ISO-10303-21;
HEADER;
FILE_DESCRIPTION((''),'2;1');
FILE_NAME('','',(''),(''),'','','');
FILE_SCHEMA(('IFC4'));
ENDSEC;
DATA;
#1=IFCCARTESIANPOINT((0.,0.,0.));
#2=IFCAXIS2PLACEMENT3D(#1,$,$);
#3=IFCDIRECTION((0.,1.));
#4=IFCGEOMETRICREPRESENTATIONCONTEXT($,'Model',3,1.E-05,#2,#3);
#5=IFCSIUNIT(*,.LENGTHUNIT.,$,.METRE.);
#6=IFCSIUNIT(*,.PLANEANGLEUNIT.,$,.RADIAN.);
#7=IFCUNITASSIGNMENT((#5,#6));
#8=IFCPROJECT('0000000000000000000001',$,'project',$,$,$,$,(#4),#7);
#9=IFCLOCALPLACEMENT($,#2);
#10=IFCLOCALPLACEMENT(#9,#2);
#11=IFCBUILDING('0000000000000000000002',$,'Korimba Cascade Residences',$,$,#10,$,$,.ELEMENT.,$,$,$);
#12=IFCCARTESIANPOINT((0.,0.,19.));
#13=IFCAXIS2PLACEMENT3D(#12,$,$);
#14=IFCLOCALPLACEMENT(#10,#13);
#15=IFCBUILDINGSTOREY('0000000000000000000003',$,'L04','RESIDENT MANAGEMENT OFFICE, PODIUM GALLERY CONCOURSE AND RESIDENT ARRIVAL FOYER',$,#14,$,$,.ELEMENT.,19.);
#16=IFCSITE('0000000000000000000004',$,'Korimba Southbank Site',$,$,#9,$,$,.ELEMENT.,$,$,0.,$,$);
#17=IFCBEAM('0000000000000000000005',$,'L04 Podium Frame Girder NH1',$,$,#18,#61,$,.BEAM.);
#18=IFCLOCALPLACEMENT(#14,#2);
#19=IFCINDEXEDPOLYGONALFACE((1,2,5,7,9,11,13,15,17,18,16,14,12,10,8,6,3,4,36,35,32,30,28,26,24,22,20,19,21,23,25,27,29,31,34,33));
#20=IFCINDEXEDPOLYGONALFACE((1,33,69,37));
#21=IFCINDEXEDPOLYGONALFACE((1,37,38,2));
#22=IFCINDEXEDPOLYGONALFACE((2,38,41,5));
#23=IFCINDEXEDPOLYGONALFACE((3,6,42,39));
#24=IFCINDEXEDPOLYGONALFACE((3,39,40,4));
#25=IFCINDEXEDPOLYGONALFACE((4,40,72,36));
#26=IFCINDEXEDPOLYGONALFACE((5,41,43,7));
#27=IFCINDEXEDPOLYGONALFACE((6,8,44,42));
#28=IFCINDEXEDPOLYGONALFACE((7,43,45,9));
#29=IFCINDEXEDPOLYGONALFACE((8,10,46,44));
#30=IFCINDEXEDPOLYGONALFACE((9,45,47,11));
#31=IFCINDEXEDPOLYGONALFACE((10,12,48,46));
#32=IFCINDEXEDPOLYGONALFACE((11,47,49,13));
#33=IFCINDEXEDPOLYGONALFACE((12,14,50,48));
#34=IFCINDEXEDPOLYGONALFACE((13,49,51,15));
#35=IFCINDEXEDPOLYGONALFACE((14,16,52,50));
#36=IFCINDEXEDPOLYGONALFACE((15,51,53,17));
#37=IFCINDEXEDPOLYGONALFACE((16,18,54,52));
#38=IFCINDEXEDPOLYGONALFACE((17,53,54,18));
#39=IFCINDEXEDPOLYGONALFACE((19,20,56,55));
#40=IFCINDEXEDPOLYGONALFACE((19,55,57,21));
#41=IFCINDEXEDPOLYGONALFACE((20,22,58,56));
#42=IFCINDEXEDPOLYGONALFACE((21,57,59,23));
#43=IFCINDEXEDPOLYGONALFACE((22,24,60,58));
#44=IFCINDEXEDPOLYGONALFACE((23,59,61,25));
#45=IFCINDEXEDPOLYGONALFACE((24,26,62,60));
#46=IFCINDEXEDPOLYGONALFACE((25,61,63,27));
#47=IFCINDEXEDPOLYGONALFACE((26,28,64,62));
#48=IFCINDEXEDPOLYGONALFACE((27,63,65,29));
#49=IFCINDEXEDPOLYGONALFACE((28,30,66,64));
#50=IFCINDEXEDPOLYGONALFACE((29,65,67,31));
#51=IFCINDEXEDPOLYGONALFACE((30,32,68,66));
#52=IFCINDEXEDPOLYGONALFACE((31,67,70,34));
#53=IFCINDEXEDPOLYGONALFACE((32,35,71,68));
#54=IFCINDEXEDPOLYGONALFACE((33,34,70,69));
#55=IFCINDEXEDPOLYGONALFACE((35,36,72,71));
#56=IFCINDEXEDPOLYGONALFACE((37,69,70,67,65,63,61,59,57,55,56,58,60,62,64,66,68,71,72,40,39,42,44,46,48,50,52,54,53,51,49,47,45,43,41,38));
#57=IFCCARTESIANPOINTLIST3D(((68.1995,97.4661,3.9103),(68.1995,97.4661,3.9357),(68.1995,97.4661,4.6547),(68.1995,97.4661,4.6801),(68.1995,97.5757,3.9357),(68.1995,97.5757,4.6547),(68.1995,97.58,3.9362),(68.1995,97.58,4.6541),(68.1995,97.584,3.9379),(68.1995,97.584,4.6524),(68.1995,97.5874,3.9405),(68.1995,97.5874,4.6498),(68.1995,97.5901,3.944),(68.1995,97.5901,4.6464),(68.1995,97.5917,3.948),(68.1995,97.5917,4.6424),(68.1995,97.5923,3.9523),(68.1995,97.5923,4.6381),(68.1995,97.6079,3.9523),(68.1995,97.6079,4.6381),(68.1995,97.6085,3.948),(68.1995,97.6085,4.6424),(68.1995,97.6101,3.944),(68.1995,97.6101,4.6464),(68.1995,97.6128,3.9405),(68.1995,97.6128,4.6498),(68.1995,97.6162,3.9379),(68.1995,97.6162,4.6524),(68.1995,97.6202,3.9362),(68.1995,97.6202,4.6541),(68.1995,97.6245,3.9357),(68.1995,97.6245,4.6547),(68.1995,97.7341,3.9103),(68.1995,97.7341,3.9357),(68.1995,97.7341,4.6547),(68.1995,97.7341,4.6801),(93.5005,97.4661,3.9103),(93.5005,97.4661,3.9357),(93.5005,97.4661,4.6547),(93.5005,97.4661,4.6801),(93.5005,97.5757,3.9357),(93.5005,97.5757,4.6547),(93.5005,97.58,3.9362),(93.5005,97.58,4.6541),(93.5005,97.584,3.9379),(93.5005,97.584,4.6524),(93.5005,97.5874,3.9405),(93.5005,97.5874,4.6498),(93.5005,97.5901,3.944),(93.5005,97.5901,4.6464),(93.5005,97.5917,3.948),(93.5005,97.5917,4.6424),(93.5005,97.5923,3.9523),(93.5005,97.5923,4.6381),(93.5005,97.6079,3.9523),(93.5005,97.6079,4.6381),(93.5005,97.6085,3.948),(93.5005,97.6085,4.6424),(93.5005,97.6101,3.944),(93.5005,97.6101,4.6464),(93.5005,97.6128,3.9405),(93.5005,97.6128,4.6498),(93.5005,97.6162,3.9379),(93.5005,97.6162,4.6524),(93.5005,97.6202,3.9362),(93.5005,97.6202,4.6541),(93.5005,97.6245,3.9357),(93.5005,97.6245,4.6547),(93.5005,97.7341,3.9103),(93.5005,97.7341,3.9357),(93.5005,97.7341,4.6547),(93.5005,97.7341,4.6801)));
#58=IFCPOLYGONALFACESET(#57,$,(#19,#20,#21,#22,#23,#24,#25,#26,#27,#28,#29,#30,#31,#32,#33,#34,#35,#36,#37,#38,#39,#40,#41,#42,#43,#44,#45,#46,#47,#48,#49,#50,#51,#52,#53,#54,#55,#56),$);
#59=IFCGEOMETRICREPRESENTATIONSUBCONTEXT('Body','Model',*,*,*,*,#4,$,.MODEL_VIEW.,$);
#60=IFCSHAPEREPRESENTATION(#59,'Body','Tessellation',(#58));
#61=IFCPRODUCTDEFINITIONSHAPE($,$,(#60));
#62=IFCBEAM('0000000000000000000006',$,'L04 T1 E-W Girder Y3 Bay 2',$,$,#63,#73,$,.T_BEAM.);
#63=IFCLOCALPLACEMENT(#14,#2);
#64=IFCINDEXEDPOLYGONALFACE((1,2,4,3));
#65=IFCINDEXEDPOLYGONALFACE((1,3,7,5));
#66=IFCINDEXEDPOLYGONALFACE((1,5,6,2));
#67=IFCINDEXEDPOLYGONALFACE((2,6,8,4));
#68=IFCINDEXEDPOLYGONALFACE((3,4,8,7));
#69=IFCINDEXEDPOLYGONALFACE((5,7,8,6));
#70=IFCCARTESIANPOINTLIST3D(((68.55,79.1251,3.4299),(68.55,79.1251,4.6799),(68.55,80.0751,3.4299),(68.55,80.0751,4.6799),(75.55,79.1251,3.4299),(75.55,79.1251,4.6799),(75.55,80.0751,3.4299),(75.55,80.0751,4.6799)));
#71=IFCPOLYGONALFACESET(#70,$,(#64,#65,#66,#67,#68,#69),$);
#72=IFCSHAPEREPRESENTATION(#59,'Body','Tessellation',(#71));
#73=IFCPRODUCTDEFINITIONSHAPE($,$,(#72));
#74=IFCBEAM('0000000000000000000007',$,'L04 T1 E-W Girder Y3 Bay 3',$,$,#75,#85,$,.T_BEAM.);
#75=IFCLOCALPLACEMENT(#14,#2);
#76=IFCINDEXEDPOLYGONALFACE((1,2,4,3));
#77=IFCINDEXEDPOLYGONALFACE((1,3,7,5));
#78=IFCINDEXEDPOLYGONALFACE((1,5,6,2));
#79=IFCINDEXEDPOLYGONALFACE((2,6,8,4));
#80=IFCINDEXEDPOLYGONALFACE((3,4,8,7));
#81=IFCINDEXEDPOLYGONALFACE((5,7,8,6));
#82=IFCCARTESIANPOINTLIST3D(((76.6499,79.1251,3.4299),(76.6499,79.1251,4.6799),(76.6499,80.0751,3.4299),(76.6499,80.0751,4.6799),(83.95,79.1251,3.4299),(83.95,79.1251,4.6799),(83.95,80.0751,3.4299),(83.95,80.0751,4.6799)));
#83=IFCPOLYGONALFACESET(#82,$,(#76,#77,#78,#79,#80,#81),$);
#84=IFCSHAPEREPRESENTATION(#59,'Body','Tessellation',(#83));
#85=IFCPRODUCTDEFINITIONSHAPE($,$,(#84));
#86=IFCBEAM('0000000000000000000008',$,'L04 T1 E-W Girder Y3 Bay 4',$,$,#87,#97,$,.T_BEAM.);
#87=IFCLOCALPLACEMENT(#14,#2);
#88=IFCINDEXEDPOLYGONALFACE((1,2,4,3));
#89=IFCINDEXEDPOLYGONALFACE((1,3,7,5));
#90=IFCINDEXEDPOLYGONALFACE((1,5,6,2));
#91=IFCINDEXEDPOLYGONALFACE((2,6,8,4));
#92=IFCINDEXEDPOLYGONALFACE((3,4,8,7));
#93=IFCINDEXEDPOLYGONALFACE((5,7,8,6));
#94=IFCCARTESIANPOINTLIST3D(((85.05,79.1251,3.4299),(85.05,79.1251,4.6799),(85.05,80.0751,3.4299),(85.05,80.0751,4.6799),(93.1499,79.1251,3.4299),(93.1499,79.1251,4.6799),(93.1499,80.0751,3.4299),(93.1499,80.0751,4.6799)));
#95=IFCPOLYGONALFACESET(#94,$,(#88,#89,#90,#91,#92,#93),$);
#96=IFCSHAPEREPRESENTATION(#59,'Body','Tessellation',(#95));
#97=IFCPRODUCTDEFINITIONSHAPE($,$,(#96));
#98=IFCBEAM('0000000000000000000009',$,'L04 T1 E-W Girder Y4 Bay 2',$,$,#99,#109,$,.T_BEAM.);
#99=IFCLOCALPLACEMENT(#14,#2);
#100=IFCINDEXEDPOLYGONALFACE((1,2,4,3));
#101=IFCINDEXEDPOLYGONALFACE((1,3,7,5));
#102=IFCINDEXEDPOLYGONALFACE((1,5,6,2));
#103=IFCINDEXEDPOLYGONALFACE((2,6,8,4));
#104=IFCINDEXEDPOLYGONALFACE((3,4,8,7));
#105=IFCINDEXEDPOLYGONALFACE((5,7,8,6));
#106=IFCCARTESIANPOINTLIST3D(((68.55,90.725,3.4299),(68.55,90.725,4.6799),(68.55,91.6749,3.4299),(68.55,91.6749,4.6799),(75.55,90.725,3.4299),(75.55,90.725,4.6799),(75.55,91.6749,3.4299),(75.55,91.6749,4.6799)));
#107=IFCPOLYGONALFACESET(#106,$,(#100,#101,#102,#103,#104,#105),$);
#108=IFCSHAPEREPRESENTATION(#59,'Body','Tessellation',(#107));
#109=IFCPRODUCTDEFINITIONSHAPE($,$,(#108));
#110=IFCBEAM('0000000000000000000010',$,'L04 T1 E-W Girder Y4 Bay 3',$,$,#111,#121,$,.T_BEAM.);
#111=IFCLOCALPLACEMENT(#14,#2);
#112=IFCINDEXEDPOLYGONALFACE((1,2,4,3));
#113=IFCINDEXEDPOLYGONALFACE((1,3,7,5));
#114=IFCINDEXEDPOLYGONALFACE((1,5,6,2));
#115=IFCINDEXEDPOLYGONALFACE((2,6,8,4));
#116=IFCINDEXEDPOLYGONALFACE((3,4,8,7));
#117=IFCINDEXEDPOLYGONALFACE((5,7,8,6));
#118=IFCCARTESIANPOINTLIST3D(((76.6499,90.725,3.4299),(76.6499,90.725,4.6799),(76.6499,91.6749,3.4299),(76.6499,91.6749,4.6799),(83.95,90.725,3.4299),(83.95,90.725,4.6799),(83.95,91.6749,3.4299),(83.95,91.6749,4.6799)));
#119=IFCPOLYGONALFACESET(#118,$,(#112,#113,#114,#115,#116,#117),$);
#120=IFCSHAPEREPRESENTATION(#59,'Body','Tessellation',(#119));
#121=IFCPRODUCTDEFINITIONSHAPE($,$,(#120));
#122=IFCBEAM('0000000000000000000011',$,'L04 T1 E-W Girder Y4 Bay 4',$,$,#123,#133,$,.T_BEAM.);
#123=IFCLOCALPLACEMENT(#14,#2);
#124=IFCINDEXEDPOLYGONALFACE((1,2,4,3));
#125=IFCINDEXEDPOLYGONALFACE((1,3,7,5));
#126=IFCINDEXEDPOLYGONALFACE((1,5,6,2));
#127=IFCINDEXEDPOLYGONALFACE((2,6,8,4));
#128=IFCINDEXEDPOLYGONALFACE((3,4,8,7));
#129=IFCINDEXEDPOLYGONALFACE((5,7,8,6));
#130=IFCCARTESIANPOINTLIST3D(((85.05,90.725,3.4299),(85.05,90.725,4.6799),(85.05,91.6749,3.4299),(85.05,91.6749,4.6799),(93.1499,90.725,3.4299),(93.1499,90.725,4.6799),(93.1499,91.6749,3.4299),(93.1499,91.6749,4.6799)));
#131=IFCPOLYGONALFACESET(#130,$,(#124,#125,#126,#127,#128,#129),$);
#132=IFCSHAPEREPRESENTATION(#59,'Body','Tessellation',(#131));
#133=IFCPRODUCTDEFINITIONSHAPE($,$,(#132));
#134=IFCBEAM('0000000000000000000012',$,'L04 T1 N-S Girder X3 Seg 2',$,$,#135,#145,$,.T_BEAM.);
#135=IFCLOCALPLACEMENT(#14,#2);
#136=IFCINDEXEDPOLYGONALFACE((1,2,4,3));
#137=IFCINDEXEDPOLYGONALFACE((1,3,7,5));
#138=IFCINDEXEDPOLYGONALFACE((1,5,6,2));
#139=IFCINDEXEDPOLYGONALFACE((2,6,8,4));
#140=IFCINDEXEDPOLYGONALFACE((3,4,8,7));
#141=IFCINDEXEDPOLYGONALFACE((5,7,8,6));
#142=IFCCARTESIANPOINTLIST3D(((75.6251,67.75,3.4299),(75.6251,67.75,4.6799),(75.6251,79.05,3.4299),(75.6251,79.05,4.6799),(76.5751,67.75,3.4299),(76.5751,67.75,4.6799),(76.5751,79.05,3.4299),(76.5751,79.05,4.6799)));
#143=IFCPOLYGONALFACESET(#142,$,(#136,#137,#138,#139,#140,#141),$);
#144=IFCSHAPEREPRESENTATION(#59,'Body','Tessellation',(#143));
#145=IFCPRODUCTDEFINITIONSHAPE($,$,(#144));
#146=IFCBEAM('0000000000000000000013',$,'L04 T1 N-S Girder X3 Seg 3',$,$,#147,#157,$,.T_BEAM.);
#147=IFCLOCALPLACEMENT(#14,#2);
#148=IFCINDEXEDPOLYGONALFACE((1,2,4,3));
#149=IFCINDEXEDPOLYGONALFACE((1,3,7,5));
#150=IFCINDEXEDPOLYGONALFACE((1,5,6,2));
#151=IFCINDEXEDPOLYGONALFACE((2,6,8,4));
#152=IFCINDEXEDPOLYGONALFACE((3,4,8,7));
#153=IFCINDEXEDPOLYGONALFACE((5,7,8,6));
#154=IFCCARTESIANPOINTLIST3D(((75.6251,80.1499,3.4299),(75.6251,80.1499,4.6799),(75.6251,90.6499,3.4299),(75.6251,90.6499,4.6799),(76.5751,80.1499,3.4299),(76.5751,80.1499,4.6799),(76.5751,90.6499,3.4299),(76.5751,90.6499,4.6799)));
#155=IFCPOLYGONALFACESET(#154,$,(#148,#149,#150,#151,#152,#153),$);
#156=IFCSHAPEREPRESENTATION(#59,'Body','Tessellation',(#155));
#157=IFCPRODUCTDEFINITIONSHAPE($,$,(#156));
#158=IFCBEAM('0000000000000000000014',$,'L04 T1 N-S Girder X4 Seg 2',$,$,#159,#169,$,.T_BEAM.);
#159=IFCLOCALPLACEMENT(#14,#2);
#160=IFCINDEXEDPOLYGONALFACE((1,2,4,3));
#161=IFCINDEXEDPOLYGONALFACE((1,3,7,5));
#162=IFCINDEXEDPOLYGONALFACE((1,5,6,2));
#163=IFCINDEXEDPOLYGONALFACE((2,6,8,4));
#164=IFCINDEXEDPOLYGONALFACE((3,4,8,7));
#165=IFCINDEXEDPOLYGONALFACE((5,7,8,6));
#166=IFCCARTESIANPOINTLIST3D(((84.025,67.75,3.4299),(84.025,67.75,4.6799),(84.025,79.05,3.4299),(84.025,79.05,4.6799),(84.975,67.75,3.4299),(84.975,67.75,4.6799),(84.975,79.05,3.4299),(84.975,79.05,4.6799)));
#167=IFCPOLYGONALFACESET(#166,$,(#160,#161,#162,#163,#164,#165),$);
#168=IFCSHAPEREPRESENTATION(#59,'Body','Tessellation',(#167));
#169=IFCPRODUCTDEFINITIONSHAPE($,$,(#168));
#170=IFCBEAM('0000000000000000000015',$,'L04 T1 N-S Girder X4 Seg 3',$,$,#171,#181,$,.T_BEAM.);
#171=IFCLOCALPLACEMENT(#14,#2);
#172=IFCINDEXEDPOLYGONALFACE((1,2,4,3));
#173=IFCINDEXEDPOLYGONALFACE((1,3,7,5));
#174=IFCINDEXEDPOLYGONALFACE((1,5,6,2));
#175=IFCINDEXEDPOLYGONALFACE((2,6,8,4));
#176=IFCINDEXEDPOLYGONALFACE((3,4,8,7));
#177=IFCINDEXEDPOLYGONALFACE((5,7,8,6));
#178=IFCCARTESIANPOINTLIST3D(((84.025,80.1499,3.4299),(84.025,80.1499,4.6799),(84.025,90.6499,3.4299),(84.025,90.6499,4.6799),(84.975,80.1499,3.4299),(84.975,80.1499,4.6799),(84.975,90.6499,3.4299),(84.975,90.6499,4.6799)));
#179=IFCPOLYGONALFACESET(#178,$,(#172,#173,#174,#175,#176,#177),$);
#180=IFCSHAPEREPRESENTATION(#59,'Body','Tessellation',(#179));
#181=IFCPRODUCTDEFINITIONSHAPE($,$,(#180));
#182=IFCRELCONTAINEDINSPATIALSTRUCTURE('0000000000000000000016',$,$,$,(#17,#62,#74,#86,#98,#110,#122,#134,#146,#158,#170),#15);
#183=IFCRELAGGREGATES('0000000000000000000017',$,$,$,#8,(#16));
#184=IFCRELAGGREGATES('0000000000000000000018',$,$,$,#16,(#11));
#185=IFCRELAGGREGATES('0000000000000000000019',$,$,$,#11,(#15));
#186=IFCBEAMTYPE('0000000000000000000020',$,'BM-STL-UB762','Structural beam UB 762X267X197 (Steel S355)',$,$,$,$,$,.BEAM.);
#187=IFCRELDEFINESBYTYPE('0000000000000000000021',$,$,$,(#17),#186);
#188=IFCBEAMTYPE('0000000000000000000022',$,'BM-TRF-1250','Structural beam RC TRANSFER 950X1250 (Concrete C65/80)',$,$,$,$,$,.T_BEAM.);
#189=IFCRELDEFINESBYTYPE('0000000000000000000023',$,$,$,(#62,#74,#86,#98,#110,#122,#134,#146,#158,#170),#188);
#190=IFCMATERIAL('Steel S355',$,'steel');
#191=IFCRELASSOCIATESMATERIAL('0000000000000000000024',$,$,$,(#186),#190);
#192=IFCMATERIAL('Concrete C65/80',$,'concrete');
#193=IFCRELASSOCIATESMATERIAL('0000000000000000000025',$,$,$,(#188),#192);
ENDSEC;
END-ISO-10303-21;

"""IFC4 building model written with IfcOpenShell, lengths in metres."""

from ifc_helpers import new_model, si_unit, direction, frame, origin, origin_2d, place, context, subcontext, project, spatial, rectangle, i_section, extrude, material, material_profile, profile_set, type_object, element, save


model = new_model("IFC4")

# Units and contexts
model_context = context("Model", 3, precision=1e-05, world=origin(), true_north=direction((0.0, 1.0)))
body_context = subcontext(model_context, "Body", "Model", "MODEL_VIEW")
ifc_project = project(units=[si_unit("LENGTHUNIT", "METRE"), si_unit("PLANEANGLEUNIT", "RADIAN")], contexts=[model_context])

# Site, building, storey
site_placement = place(None, origin())
site = spatial("IfcSite", under=ifc_project, at=site_placement, Name="Korimba Southbank Site", CompositionType="ELEMENT", RefElevation=0.0)
building_placement = place(site_placement, origin())
building = spatial("IfcBuilding", under=site, at=building_placement, Name="Korimba Cascade Residences", CompositionType="ELEMENT")
storey_placement = place(building_placement, frame((0.0, 0.0, 19.0)))
storey = spatial("IfcBuildingStorey", under=building, at=storey_placement, Name="L04", Description="RESIDENT MANAGEMENT OFFICE, PODIUM GALLERY CONCOURSE AND RESIDENT ARRIVAL FOYER", CompositionType="ELEMENT", Elevation=19.0)

# Shared definitions
ifc_material_1 = material(Name="Steel S355", Category="steel")

# Beams
ifc_material_profile_1 = material_profile(ifc_material_1, i_section(OverallWidth=0.2681, OverallDepth=0.7698, WebThickness=0.0156, FlangeThickness=0.0254, FilletRadius=0.0166, at=origin_2d()), Name="Steel S355")
ifc_profile_set_1 = profile_set([ifc_material_profile_1], Name="Steel S355")
beam_type_1 = type_object("IfcBeamType", Name="BM-STL-UB762", Description="Structural beam UB 762X267X197 (Steel S355)", PredefinedType="BEAM", material=ifc_profile_set_1)
beam_1_placement = place(storey_placement, frame((68.1995, 97.6001, 4.2952), z_axis=(1.0, 0.0, 0.0), x_axis=(0.0, 1.0, 0.0)))
element("IfcBeam", 1, at=beam_1_placement, inside=storey, type_object=beam_type_1, Name="L04 Podium Frame Girder NH1", PredefinedType="BEAM", context=body_context, shape_type="SweptSolid", body=[
    extrude(i_section(OverallWidth=0.2681, OverallDepth=0.7698, WebThickness=0.0156, FlangeThickness=0.0254, FilletRadius=0.0166, at=origin_2d()), origin(), (0.0, 0.0, 1.0), 25.301),
])
ifc_material_2 = material(Name="Concrete C65/80", Category="concrete")
ifc_material_profile_2 = material_profile(ifc_material_2, rectangle(XDim=0.95, YDim=1.25, at=origin_2d()), Name="Concrete C65/80")
ifc_profile_set_2 = profile_set([ifc_material_profile_2], Name="Concrete C65/80")
beam_type_2 = type_object("IfcBeamType", Name="BM-TRF-1250", Description="Structural beam RC TRANSFER 950X1250 (Concrete C65/80)", PredefinedType="T_BEAM", material=ifc_profile_set_2)
beam_2_placement = place(storey_placement, frame((68.55, 79.6001, 4.0549), z_axis=(1.0, 0.0, 0.0), x_axis=(0.0, 1.0, 0.0)))
element("IfcBeam", 2, at=beam_2_placement, inside=storey, type_object=beam_type_2, Name="L04 T1 E-W Girder Y3 Bay 2", PredefinedType="T_BEAM", context=body_context, shape_type="SweptSolid", body=[
    extrude(rectangle(XDim=0.95, YDim=1.25, at=origin_2d()), origin(), (0.0, 0.0, 1.0), 7.0),
])
beam_3_placement = place(storey_placement, frame((76.6499, 79.6001, 4.0549), z_axis=(1.0, 0.0, 0.0), x_axis=(0.0, 1.0, 0.0)))
element("IfcBeam", 3, at=beam_3_placement, inside=storey, type_object=beam_type_2, Name="L04 T1 E-W Girder Y3 Bay 3", PredefinedType="T_BEAM", context=body_context, shape_type="SweptSolid", body=[
    extrude(rectangle(XDim=0.95, YDim=1.25, at=origin_2d()), origin(), (0.0, 0.0, 1.0), 7.3),
])
beam_4_placement = place(storey_placement, frame((85.05, 79.6001, 4.0549), z_axis=(1.0, 0.0, 0.0), x_axis=(0.0, 1.0, 0.0)))
element("IfcBeam", 4, at=beam_4_placement, inside=storey, type_object=beam_type_2, Name="L04 T1 E-W Girder Y3 Bay 4", PredefinedType="T_BEAM", context=body_context, shape_type="SweptSolid", body=[
    extrude(rectangle(XDim=0.95, YDim=1.25, at=origin_2d()), origin(), (0.0, 0.0, 1.0), 8.0999),
])
beam_5_placement = place(storey_placement, frame((68.55, 91.2, 4.0549), z_axis=(1.0, 0.0, 0.0), x_axis=(0.0, 1.0, 0.0)))
element("IfcBeam", 5, at=beam_5_placement, inside=storey, type_object=beam_type_2, Name="L04 T1 E-W Girder Y4 Bay 2", PredefinedType="T_BEAM", context=body_context, shape_type="SweptSolid", body=[
    extrude(rectangle(XDim=0.95, YDim=1.25, at=origin_2d()), origin(), (0.0, 0.0, 1.0), 7.0),
])
beam_6_placement = place(storey_placement, frame((76.6499, 91.2, 4.0549), z_axis=(1.0, 0.0, 0.0), x_axis=(0.0, 1.0, 0.0)))
element("IfcBeam", 6, at=beam_6_placement, inside=storey, type_object=beam_type_2, Name="L04 T1 E-W Girder Y4 Bay 3", PredefinedType="T_BEAM", context=body_context, shape_type="SweptSolid", body=[
    extrude(rectangle(XDim=0.95, YDim=1.25, at=origin_2d()), origin(), (0.0, 0.0, 1.0), 7.3),
])
beam_7_placement = place(storey_placement, frame((85.05, 91.2, 4.0549), z_axis=(1.0, 0.0, 0.0), x_axis=(0.0, 1.0, 0.0)))
element("IfcBeam", 7, at=beam_7_placement, inside=storey, type_object=beam_type_2, Name="L04 T1 E-W Girder Y4 Bay 4", PredefinedType="T_BEAM", context=body_context, shape_type="SweptSolid", body=[
    extrude(rectangle(XDim=0.95, YDim=1.25, at=origin_2d()), origin(), (0.0, 0.0, 1.0), 8.0999),
])
beam_8_placement = place(storey_placement, frame((76.1001, 67.75, 4.0549), z_axis=(0.0, 1.0, 0.0), x_axis=(-1.0, 0.0, 0.0)))
element("IfcBeam", 8, at=beam_8_placement, inside=storey, type_object=beam_type_2, Name="L04 T1 N-S Girder X3 Seg 2", PredefinedType="T_BEAM", context=body_context, shape_type="SweptSolid", body=[
    extrude(rectangle(XDim=0.95, YDim=1.25, at=origin_2d()), origin(), (0.0, 0.0, 1.0), 11.3),
])
beam_9_placement = place(storey_placement, frame((76.1001, 80.1499, 4.0549), z_axis=(0.0, 1.0, 0.0), x_axis=(-1.0, 0.0, 0.0)))
element("IfcBeam", 9, at=beam_9_placement, inside=storey, type_object=beam_type_2, Name="L04 T1 N-S Girder X3 Seg 3", PredefinedType="T_BEAM", context=body_context, shape_type="SweptSolid", body=[
    extrude(rectangle(XDim=0.95, YDim=1.25, at=origin_2d()), origin(), (0.0, 0.0, 1.0), 10.5),
])
beam_10_placement = place(storey_placement, frame((84.5, 67.75, 4.0549), z_axis=(0.0, 1.0, 0.0), x_axis=(-1.0, 0.0, 0.0)))
element("IfcBeam", 10, at=beam_10_placement, inside=storey, type_object=beam_type_2, Name="L04 T1 N-S Girder X4 Seg 2", PredefinedType="T_BEAM", context=body_context, shape_type="SweptSolid", body=[
    extrude(rectangle(XDim=0.95, YDim=1.25, at=origin_2d()), origin(), (0.0, 0.0, 1.0), 11.3),
])
beam_11_placement = place(storey_placement, frame((84.5, 80.1499, 4.0549), z_axis=(0.0, 1.0, 0.0), x_axis=(-1.0, 0.0, 0.0)))
element("IfcBeam", 11, at=beam_11_placement, inside=storey, type_object=beam_type_2, Name="L04 T1 N-S Girder X4 Seg 3", PredefinedType="T_BEAM", context=body_context, shape_type="SweptSolid", body=[
    extrude(rectangle(XDim=0.95, YDim=1.25, at=origin_2d()), origin(), (0.0, 0.0, 1.0), 10.5),
])

save(model, "model.ifc")
